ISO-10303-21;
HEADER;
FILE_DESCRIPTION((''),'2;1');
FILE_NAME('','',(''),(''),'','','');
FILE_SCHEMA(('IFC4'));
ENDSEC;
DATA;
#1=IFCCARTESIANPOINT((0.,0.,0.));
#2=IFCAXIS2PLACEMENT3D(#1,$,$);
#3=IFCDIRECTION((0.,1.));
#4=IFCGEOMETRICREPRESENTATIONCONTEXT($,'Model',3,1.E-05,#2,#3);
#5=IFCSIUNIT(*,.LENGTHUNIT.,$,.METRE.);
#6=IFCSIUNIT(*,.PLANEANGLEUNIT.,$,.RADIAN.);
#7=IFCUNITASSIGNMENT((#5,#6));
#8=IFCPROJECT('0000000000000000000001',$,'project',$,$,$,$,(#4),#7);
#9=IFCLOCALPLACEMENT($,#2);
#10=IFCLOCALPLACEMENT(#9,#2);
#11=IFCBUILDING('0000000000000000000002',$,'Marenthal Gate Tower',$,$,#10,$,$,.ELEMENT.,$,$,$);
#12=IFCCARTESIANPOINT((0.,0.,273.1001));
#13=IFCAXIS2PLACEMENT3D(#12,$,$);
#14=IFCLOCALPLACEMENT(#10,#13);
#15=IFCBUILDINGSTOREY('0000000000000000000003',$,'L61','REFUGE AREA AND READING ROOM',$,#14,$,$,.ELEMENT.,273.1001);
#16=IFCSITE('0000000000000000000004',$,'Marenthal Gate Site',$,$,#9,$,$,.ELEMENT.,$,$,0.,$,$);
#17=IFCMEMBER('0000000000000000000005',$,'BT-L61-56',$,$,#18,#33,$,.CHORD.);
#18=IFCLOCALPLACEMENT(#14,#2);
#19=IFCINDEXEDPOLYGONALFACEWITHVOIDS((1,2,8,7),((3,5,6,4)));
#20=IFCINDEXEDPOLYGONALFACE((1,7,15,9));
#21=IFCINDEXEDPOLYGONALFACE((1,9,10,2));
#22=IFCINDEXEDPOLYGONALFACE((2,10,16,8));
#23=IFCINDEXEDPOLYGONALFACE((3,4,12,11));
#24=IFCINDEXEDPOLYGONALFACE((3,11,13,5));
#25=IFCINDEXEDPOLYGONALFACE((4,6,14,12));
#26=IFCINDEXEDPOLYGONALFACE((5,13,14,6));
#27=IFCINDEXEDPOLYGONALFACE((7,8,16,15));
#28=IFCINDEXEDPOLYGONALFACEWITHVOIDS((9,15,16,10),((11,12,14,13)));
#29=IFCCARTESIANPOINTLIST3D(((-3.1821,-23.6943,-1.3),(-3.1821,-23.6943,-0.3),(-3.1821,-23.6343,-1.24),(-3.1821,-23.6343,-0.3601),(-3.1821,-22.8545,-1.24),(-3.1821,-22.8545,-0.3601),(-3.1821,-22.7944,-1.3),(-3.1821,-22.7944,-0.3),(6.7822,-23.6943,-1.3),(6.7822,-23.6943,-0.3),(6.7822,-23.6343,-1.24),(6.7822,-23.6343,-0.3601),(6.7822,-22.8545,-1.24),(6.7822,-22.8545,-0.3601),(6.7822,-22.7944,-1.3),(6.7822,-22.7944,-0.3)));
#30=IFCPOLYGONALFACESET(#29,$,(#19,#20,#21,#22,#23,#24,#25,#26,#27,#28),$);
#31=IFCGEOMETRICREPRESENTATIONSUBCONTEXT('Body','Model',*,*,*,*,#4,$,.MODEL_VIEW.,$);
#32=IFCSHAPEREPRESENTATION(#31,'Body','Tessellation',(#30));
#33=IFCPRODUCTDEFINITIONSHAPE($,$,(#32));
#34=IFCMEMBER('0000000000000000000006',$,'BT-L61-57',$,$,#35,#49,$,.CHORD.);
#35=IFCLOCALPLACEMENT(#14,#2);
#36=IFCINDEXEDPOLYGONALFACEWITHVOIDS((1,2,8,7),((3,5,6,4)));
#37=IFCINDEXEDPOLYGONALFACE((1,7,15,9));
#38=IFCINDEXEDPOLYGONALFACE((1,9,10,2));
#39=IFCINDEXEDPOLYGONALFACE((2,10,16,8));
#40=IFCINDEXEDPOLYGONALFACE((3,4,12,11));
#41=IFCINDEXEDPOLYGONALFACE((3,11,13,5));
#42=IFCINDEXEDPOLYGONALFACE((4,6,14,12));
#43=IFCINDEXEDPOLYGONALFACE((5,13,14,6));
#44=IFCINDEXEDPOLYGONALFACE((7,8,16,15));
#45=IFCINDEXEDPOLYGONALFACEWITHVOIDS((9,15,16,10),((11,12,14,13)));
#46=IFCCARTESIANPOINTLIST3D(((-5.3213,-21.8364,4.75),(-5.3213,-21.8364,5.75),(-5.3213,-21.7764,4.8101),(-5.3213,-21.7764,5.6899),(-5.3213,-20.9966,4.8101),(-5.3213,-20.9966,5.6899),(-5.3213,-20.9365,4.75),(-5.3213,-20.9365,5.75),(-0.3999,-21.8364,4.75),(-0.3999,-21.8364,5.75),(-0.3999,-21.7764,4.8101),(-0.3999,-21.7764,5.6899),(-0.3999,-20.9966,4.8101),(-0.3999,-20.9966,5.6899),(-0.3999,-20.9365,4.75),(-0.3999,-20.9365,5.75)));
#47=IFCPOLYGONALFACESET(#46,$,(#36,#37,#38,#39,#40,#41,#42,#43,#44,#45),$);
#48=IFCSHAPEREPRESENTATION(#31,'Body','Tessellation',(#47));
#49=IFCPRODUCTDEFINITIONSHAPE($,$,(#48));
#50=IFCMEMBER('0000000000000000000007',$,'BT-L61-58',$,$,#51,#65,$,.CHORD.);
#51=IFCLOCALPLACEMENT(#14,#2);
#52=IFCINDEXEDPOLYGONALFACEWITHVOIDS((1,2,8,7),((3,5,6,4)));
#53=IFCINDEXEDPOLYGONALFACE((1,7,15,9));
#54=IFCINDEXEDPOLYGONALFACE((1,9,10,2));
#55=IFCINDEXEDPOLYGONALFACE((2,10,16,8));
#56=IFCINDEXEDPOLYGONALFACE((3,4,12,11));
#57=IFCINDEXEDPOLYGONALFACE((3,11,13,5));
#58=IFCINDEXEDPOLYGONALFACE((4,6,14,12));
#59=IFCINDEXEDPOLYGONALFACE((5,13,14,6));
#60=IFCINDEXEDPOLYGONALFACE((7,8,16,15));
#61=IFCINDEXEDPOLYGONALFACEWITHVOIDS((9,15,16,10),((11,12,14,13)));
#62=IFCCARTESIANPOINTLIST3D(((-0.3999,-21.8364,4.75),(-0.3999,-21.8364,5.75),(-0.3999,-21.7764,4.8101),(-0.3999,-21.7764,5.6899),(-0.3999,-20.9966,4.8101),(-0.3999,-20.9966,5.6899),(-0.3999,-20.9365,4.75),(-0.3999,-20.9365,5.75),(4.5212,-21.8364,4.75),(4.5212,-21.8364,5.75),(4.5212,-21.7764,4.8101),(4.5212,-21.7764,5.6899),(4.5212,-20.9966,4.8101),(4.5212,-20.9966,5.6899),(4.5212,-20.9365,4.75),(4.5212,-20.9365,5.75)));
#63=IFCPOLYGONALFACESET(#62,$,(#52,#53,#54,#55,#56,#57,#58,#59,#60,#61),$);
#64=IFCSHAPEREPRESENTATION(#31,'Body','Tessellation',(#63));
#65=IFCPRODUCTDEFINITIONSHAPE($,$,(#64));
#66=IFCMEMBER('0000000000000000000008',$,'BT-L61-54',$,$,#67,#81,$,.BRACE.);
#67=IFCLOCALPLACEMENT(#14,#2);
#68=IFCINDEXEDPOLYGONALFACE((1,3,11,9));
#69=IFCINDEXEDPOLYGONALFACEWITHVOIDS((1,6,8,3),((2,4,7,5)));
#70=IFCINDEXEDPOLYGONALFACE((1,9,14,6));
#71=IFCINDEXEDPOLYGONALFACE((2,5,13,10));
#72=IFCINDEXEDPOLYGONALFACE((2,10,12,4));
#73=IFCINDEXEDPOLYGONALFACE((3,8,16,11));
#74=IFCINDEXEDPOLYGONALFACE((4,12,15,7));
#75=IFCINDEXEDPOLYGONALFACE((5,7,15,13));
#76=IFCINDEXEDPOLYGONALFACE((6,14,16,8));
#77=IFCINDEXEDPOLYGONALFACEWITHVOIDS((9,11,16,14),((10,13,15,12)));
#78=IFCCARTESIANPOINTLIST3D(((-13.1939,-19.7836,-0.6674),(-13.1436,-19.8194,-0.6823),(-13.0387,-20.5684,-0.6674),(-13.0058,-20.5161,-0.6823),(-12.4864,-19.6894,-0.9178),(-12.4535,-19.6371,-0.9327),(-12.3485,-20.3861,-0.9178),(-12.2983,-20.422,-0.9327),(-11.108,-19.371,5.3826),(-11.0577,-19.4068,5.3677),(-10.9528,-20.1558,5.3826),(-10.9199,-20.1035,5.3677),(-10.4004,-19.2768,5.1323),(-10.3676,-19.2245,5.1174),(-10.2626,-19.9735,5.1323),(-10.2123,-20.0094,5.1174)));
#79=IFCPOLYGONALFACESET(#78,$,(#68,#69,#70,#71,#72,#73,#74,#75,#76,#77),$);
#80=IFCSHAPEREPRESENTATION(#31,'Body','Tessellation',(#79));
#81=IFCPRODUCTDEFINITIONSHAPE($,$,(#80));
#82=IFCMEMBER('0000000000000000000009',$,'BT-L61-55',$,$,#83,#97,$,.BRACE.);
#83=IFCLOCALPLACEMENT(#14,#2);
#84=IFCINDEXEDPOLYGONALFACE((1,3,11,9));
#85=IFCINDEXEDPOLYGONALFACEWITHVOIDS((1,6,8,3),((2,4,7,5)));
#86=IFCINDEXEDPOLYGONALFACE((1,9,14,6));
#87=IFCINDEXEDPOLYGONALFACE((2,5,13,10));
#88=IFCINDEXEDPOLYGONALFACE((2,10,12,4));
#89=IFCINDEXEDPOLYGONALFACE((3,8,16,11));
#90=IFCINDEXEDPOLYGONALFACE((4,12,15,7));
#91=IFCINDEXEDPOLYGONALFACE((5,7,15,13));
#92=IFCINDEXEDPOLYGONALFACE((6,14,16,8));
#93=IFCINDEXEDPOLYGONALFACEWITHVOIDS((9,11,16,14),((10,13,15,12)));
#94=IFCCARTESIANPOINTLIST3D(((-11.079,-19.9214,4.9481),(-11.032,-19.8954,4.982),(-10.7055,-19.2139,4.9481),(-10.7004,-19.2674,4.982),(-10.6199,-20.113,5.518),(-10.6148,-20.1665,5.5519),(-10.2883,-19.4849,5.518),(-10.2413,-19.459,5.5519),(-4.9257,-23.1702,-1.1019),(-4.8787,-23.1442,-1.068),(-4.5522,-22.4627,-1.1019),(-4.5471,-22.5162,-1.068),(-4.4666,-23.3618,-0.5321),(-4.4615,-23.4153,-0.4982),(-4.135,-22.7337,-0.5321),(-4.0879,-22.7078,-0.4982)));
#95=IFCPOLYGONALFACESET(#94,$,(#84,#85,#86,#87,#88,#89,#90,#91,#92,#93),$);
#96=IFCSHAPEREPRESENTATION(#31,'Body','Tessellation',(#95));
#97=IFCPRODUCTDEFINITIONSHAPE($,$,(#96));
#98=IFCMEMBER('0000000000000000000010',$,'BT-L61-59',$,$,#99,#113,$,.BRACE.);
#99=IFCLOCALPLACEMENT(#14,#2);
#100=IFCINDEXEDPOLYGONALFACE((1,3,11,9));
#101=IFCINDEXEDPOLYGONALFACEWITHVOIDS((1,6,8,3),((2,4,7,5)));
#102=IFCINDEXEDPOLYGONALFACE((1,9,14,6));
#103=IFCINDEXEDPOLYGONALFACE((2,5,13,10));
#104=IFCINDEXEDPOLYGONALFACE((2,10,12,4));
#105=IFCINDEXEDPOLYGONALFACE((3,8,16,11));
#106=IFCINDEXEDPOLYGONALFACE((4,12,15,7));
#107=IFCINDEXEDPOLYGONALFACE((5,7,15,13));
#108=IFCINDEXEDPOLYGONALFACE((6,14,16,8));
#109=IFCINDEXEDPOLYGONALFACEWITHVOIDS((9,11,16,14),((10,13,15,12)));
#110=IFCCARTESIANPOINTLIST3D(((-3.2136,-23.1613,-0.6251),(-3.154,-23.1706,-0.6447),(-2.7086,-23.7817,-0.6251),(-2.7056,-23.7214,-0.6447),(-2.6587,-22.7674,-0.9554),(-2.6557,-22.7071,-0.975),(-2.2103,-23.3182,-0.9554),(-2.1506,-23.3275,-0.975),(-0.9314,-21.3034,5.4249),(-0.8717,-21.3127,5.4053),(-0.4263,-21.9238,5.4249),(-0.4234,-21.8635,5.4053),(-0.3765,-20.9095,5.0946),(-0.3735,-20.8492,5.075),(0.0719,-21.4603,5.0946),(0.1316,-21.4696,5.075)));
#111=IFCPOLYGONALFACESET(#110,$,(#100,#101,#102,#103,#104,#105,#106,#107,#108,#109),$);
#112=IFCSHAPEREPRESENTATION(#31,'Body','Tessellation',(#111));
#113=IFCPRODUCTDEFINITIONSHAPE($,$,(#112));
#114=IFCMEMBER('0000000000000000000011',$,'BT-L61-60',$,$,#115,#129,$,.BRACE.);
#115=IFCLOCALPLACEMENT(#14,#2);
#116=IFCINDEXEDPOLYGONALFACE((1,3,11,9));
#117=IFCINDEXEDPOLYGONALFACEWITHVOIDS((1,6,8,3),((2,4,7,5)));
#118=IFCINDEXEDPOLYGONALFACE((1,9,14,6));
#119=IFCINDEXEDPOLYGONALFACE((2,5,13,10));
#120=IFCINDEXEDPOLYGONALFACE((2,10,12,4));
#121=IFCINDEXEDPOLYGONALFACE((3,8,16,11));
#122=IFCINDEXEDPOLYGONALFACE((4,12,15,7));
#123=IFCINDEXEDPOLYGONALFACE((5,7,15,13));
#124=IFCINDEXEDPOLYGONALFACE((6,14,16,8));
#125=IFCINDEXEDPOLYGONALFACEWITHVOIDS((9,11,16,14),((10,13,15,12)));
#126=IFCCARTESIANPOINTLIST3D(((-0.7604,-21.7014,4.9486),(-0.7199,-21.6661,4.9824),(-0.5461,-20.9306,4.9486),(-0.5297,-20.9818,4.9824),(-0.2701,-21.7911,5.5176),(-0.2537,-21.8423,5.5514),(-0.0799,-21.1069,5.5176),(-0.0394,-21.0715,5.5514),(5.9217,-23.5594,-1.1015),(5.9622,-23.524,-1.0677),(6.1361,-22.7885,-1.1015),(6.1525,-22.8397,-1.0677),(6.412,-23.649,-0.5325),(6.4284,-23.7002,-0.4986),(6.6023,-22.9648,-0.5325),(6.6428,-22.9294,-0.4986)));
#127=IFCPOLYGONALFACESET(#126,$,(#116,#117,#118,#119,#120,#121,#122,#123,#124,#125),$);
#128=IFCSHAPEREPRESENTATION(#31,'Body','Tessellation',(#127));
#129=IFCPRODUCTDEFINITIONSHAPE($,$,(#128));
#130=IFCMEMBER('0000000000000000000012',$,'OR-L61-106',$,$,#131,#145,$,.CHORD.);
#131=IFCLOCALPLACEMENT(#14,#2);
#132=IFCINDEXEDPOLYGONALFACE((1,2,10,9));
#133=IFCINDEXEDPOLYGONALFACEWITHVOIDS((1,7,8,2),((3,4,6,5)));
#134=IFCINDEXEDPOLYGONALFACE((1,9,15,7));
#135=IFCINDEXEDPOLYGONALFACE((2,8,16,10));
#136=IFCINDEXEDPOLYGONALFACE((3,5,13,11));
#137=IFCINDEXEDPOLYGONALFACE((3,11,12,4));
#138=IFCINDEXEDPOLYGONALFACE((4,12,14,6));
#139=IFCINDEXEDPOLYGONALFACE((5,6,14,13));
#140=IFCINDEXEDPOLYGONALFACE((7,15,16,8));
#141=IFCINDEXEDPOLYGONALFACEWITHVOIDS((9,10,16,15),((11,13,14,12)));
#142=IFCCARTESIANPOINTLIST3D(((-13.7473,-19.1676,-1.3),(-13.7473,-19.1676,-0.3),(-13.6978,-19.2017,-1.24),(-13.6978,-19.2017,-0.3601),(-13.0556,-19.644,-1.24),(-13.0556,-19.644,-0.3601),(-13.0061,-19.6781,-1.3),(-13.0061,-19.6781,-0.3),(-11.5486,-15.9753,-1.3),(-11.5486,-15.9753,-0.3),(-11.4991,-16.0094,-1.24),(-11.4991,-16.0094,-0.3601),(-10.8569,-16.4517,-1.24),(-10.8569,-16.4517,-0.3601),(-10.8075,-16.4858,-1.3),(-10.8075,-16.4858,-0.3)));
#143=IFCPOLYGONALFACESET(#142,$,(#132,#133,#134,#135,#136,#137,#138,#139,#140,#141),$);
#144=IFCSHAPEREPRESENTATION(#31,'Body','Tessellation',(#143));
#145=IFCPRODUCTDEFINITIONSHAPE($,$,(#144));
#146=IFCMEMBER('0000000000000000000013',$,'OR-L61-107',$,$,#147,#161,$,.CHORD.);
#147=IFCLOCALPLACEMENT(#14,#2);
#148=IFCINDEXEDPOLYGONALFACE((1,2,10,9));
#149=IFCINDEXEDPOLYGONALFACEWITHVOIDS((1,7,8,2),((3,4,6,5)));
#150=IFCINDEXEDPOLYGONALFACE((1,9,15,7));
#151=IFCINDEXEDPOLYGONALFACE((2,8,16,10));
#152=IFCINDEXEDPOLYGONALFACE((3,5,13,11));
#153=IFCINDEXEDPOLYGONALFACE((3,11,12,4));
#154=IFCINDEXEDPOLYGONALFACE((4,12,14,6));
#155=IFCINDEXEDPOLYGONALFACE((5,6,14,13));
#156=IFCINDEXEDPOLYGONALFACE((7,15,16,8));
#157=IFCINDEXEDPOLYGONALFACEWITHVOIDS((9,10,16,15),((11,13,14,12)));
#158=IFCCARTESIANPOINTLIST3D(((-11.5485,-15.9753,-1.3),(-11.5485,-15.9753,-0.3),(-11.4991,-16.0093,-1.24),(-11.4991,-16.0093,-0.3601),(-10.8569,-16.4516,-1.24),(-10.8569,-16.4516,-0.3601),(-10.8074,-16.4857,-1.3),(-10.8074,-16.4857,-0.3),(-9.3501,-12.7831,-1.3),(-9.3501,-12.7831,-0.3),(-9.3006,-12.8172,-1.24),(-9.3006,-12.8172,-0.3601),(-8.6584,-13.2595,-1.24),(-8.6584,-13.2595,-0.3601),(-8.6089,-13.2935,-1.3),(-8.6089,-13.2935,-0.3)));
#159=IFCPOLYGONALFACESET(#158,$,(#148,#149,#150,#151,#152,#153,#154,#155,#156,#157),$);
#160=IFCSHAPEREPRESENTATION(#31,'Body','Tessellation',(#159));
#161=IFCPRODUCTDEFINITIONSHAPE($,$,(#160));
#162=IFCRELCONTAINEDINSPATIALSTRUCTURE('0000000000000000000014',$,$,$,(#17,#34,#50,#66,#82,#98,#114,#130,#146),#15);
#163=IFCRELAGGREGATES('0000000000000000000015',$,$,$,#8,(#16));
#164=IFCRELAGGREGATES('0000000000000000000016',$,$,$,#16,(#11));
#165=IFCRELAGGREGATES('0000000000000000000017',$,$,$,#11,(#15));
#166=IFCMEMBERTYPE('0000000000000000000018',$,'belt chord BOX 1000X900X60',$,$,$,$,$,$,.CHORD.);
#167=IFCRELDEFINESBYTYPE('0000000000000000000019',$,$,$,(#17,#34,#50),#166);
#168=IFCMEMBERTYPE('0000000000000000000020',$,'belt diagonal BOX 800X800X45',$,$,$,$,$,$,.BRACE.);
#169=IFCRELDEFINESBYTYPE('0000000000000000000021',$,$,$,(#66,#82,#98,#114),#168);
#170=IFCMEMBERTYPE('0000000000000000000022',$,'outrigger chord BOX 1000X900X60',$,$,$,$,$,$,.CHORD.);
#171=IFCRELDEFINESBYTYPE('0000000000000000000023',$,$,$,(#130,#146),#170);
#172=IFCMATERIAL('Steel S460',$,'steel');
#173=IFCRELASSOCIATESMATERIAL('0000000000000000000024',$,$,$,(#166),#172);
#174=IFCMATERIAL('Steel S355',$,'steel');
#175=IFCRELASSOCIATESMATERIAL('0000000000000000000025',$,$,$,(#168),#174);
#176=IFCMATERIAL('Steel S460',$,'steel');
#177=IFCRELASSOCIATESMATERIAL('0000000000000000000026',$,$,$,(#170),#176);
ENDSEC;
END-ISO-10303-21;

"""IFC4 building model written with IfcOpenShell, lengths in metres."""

from ifc_helpers import new_model, si_unit, direction, frame, origin, origin_2d, place, context, subcontext, project, spatial, hollow_rectangle, extrude, material, material_profile, profile_set, type_object, element, save


model = new_model("IFC4")

# Units and contexts
model_context = context("Model", 3, precision=1e-05, world=origin(), true_north=direction((0.0, 1.0)))
body_context = subcontext(model_context, "Body", "Model", "MODEL_VIEW")
ifc_project = project(units=[si_unit("LENGTHUNIT", "METRE"), si_unit("PLANEANGLEUNIT", "RADIAN")], contexts=[model_context])

# Site, building, storey
site_placement = place(None, origin())
site = spatial("IfcSite", under=ifc_project, at=site_placement, Name="Marenthal Gate Site", CompositionType="ELEMENT", RefElevation=0.0)
building_placement = place(site_placement, origin())
building = spatial("IfcBuilding", under=site, at=building_placement, Name="Marenthal Gate Tower", CompositionType="ELEMENT")
storey_placement = place(building_placement, frame((0.0, 0.0, 273.1001)))
storey = spatial("IfcBuildingStorey", under=building, at=storey_placement, Name="L61", Description="REFUGE AREA AND READING ROOM", CompositionType="ELEMENT", Elevation=273.1001)

# Members
ifc_material_1 = material(Name="Steel S460", Category="steel")
ifc_material_profile_1 = material_profile(ifc_material_1, hollow_rectangle(XDim=0.8999, YDim=1.0, WallThickness=0.0601, at=origin_2d()), Name="BOX 1000X900X60")
ifc_profile_set_1 = profile_set([ifc_material_profile_1], Name="Steel S460")
member_type_1 = type_object("IfcMemberType", Name="belt chord BOX 1000X900X60", PredefinedType="CHORD", material=ifc_profile_set_1)
member_1_placement = place(storey_placement, frame((-3.1821, -23.2444, -0.8), z_axis=(1.0, 0.0, 0.0), x_axis=(0.0, 1.0, 0.0)))
element("IfcMember", 1, at=member_1_placement, inside=storey, type_object=member_type_1, Name="BT-L61-56", PredefinedType="CHORD", context=body_context, shape_type="SweptSolid", body=[
    extrude(hollow_rectangle(XDim=0.8999, YDim=1.0, WallThickness=0.0601, at=origin_2d()), origin(), (0.0, 0.0, 1.0), 9.9644),
])
member_2_placement = place(storey_placement, frame((-5.3213, -21.3865, 5.25), z_axis=(1.0, 0.0, 0.0), x_axis=(0.0, 1.0, 0.0)))
element("IfcMember", 2, at=member_2_placement, inside=storey, type_object=member_type_1, Name="BT-L61-57", PredefinedType="CHORD", context=body_context, shape_type="SweptSolid", body=[
    extrude(hollow_rectangle(XDim=0.8999, YDim=1.0, WallThickness=0.0601, at=origin_2d()), origin(), (0.0, 0.0, 1.0), 4.9214),
])
member_3_placement = place(storey_placement, frame((-0.3999, -21.3865, 5.25), z_axis=(1.0, 0.0, 0.0), x_axis=(0.0, 1.0, 0.0)))
element("IfcMember", 3, at=member_3_placement, inside=storey, type_object=member_type_1, Name="BT-L61-58", PredefinedType="CHORD", context=body_context, shape_type="SweptSolid", body=[
    extrude(hollow_rectangle(XDim=0.8999, YDim=1.0, WallThickness=0.0601, at=origin_2d()), origin(), (0.0, 0.0, 1.0), 4.9211),
])
ifc_material_2 = material(Name="Steel S355", Category="steel")
ifc_material_profile_2 = material_profile(ifc_material_2, hollow_rectangle(XDim=0.8, YDim=0.8, WallThickness=0.0449, at=origin_2d()), Name="BOX 800X800X45")
ifc_profile_set_2 = profile_set([ifc_material_profile_2], Name="Steel S355")
member_type_2 = type_object("IfcMemberType", Name="belt diagonal BOX 800X800X45", PredefinedType="BRACE", material=ifc_profile_set_2)
member_4_placement = place(storey_placement, frame((-12.7461, -20.1028, -0.8), z_axis=(0.325275, 0.064339, 0.943428), x_axis=(-0.19404, 0.980994, 0.0)))
element("IfcMember", 4, at=member_4_placement, inside=storey, type_object=member_type_2, Name="BT-L61-54", PredefinedType="BRACE", context=body_context, shape_type="SweptSolid", body=[
    extrude(hollow_rectangle(XDim=0.8, YDim=0.8, WallThickness=0.0449, at=origin_2d()), origin(), (0.0, 0.0, 1.0), 6.4128),
])
member_5_placement = place(storey_placement, frame((-10.6602, -19.6902, 5.25), z_axis=(0.667339, -0.352336, -0.656139), x_axis=(0.466893, 0.884314, 0.0)))
element("IfcMember", 5, at=member_5_placement, inside=storey, type_object=member_type_2, Name="BT-L61-55", PredefinedType="BRACE", context=body_context, shape_type="SweptSolid", body=[
    extrude(hollow_rectangle(XDim=0.8, YDim=0.8, WallThickness=0.0449, at=origin_2d()), origin(), (0.0, 0.0, 1.0), 9.2207),
])
member_6_placement = place(storey_placement, frame((-2.6821, -23.2444, -0.8), z_axis=(0.339223, 0.276154, 0.899259), x_axis=(-0.631329, 0.775515, 0.0)))
element("IfcMember", 6, at=member_6_placement, inside=storey, type_object=member_type_2, Name="BT-L61-59", PredefinedType="BRACE", context=body_context, shape_type="SweptSolid", body=[
    extrude(hollow_rectangle(XDim=0.8, YDim=0.8, WallThickness=0.0449, at=origin_2d()), origin(), (0.0, 0.0, 1.0), 6.7278),
])
member_7_placement = place(storey_placement, frame((-0.3999, -21.3865, 5.25), z_axis=(0.726036, -0.201868, -0.657359), x_axis=(0.26788, 0.963452, 0.0)))
element("IfcMember", 7, at=member_7_placement, inside=storey, type_object=member_type_2, Name="BT-L61-60", PredefinedType="BRACE", context=body_context, shape_type="SweptSolid", body=[
    extrude(hollow_rectangle(XDim=0.8, YDim=0.8, WallThickness=0.0449, at=origin_2d()), origin(), (0.0, 0.0, 1.0), 9.2036),
])
ifc_material_3 = material(Name="Steel S460", Category="steel")
ifc_material_profile_3 = material_profile(ifc_material_3, hollow_rectangle(XDim=0.8999, YDim=1.0, WallThickness=0.0601, at=origin_2d()), Name="BOX 1000X900X60")
ifc_profile_set_3 = profile_set([ifc_material_profile_3], Name="Steel S460")
member_type_3 = type_object("IfcMemberType", Name="outrigger chord BOX 1000X900X60", PredefinedType="CHORD", material=ifc_profile_set_3)
member_8_placement = place(storey_placement, frame((-13.3767, -19.4229, -0.8), z_axis=(0.567224, 0.823564, 0.0), x_axis=(-0.823564, 0.567224, 0.0)))
element("IfcMember", 8, at=member_8_placement, inside=storey, type_object=member_type_3, Name="OR-L61-106", PredefinedType="CHORD", context=body_context, shape_type="SweptSolid", body=[
    extrude(hollow_rectangle(XDim=0.8999, YDim=1.0, WallThickness=0.0601, at=origin_2d()), origin(), (0.0, 0.0, 1.0), 3.8762),
])
member_9_placement = place(storey_placement, frame((-11.178, -16.2305, -0.8), z_axis=(0.56721, 0.823573, 0.0), x_axis=(-0.823573, 0.56721, 0.0)))
element("IfcMember", 9, at=member_9_placement, inside=storey, type_object=member_type_3, Name="OR-L61-107", PredefinedType="CHORD", context=body_context, shape_type="SweptSolid", body=[
    extrude(hollow_rectangle(XDim=0.8999, YDim=1.0, WallThickness=0.0601, at=origin_2d()), origin(), (0.0, 0.0, 1.0), 3.876),
])

save(model, "model.ifc")
